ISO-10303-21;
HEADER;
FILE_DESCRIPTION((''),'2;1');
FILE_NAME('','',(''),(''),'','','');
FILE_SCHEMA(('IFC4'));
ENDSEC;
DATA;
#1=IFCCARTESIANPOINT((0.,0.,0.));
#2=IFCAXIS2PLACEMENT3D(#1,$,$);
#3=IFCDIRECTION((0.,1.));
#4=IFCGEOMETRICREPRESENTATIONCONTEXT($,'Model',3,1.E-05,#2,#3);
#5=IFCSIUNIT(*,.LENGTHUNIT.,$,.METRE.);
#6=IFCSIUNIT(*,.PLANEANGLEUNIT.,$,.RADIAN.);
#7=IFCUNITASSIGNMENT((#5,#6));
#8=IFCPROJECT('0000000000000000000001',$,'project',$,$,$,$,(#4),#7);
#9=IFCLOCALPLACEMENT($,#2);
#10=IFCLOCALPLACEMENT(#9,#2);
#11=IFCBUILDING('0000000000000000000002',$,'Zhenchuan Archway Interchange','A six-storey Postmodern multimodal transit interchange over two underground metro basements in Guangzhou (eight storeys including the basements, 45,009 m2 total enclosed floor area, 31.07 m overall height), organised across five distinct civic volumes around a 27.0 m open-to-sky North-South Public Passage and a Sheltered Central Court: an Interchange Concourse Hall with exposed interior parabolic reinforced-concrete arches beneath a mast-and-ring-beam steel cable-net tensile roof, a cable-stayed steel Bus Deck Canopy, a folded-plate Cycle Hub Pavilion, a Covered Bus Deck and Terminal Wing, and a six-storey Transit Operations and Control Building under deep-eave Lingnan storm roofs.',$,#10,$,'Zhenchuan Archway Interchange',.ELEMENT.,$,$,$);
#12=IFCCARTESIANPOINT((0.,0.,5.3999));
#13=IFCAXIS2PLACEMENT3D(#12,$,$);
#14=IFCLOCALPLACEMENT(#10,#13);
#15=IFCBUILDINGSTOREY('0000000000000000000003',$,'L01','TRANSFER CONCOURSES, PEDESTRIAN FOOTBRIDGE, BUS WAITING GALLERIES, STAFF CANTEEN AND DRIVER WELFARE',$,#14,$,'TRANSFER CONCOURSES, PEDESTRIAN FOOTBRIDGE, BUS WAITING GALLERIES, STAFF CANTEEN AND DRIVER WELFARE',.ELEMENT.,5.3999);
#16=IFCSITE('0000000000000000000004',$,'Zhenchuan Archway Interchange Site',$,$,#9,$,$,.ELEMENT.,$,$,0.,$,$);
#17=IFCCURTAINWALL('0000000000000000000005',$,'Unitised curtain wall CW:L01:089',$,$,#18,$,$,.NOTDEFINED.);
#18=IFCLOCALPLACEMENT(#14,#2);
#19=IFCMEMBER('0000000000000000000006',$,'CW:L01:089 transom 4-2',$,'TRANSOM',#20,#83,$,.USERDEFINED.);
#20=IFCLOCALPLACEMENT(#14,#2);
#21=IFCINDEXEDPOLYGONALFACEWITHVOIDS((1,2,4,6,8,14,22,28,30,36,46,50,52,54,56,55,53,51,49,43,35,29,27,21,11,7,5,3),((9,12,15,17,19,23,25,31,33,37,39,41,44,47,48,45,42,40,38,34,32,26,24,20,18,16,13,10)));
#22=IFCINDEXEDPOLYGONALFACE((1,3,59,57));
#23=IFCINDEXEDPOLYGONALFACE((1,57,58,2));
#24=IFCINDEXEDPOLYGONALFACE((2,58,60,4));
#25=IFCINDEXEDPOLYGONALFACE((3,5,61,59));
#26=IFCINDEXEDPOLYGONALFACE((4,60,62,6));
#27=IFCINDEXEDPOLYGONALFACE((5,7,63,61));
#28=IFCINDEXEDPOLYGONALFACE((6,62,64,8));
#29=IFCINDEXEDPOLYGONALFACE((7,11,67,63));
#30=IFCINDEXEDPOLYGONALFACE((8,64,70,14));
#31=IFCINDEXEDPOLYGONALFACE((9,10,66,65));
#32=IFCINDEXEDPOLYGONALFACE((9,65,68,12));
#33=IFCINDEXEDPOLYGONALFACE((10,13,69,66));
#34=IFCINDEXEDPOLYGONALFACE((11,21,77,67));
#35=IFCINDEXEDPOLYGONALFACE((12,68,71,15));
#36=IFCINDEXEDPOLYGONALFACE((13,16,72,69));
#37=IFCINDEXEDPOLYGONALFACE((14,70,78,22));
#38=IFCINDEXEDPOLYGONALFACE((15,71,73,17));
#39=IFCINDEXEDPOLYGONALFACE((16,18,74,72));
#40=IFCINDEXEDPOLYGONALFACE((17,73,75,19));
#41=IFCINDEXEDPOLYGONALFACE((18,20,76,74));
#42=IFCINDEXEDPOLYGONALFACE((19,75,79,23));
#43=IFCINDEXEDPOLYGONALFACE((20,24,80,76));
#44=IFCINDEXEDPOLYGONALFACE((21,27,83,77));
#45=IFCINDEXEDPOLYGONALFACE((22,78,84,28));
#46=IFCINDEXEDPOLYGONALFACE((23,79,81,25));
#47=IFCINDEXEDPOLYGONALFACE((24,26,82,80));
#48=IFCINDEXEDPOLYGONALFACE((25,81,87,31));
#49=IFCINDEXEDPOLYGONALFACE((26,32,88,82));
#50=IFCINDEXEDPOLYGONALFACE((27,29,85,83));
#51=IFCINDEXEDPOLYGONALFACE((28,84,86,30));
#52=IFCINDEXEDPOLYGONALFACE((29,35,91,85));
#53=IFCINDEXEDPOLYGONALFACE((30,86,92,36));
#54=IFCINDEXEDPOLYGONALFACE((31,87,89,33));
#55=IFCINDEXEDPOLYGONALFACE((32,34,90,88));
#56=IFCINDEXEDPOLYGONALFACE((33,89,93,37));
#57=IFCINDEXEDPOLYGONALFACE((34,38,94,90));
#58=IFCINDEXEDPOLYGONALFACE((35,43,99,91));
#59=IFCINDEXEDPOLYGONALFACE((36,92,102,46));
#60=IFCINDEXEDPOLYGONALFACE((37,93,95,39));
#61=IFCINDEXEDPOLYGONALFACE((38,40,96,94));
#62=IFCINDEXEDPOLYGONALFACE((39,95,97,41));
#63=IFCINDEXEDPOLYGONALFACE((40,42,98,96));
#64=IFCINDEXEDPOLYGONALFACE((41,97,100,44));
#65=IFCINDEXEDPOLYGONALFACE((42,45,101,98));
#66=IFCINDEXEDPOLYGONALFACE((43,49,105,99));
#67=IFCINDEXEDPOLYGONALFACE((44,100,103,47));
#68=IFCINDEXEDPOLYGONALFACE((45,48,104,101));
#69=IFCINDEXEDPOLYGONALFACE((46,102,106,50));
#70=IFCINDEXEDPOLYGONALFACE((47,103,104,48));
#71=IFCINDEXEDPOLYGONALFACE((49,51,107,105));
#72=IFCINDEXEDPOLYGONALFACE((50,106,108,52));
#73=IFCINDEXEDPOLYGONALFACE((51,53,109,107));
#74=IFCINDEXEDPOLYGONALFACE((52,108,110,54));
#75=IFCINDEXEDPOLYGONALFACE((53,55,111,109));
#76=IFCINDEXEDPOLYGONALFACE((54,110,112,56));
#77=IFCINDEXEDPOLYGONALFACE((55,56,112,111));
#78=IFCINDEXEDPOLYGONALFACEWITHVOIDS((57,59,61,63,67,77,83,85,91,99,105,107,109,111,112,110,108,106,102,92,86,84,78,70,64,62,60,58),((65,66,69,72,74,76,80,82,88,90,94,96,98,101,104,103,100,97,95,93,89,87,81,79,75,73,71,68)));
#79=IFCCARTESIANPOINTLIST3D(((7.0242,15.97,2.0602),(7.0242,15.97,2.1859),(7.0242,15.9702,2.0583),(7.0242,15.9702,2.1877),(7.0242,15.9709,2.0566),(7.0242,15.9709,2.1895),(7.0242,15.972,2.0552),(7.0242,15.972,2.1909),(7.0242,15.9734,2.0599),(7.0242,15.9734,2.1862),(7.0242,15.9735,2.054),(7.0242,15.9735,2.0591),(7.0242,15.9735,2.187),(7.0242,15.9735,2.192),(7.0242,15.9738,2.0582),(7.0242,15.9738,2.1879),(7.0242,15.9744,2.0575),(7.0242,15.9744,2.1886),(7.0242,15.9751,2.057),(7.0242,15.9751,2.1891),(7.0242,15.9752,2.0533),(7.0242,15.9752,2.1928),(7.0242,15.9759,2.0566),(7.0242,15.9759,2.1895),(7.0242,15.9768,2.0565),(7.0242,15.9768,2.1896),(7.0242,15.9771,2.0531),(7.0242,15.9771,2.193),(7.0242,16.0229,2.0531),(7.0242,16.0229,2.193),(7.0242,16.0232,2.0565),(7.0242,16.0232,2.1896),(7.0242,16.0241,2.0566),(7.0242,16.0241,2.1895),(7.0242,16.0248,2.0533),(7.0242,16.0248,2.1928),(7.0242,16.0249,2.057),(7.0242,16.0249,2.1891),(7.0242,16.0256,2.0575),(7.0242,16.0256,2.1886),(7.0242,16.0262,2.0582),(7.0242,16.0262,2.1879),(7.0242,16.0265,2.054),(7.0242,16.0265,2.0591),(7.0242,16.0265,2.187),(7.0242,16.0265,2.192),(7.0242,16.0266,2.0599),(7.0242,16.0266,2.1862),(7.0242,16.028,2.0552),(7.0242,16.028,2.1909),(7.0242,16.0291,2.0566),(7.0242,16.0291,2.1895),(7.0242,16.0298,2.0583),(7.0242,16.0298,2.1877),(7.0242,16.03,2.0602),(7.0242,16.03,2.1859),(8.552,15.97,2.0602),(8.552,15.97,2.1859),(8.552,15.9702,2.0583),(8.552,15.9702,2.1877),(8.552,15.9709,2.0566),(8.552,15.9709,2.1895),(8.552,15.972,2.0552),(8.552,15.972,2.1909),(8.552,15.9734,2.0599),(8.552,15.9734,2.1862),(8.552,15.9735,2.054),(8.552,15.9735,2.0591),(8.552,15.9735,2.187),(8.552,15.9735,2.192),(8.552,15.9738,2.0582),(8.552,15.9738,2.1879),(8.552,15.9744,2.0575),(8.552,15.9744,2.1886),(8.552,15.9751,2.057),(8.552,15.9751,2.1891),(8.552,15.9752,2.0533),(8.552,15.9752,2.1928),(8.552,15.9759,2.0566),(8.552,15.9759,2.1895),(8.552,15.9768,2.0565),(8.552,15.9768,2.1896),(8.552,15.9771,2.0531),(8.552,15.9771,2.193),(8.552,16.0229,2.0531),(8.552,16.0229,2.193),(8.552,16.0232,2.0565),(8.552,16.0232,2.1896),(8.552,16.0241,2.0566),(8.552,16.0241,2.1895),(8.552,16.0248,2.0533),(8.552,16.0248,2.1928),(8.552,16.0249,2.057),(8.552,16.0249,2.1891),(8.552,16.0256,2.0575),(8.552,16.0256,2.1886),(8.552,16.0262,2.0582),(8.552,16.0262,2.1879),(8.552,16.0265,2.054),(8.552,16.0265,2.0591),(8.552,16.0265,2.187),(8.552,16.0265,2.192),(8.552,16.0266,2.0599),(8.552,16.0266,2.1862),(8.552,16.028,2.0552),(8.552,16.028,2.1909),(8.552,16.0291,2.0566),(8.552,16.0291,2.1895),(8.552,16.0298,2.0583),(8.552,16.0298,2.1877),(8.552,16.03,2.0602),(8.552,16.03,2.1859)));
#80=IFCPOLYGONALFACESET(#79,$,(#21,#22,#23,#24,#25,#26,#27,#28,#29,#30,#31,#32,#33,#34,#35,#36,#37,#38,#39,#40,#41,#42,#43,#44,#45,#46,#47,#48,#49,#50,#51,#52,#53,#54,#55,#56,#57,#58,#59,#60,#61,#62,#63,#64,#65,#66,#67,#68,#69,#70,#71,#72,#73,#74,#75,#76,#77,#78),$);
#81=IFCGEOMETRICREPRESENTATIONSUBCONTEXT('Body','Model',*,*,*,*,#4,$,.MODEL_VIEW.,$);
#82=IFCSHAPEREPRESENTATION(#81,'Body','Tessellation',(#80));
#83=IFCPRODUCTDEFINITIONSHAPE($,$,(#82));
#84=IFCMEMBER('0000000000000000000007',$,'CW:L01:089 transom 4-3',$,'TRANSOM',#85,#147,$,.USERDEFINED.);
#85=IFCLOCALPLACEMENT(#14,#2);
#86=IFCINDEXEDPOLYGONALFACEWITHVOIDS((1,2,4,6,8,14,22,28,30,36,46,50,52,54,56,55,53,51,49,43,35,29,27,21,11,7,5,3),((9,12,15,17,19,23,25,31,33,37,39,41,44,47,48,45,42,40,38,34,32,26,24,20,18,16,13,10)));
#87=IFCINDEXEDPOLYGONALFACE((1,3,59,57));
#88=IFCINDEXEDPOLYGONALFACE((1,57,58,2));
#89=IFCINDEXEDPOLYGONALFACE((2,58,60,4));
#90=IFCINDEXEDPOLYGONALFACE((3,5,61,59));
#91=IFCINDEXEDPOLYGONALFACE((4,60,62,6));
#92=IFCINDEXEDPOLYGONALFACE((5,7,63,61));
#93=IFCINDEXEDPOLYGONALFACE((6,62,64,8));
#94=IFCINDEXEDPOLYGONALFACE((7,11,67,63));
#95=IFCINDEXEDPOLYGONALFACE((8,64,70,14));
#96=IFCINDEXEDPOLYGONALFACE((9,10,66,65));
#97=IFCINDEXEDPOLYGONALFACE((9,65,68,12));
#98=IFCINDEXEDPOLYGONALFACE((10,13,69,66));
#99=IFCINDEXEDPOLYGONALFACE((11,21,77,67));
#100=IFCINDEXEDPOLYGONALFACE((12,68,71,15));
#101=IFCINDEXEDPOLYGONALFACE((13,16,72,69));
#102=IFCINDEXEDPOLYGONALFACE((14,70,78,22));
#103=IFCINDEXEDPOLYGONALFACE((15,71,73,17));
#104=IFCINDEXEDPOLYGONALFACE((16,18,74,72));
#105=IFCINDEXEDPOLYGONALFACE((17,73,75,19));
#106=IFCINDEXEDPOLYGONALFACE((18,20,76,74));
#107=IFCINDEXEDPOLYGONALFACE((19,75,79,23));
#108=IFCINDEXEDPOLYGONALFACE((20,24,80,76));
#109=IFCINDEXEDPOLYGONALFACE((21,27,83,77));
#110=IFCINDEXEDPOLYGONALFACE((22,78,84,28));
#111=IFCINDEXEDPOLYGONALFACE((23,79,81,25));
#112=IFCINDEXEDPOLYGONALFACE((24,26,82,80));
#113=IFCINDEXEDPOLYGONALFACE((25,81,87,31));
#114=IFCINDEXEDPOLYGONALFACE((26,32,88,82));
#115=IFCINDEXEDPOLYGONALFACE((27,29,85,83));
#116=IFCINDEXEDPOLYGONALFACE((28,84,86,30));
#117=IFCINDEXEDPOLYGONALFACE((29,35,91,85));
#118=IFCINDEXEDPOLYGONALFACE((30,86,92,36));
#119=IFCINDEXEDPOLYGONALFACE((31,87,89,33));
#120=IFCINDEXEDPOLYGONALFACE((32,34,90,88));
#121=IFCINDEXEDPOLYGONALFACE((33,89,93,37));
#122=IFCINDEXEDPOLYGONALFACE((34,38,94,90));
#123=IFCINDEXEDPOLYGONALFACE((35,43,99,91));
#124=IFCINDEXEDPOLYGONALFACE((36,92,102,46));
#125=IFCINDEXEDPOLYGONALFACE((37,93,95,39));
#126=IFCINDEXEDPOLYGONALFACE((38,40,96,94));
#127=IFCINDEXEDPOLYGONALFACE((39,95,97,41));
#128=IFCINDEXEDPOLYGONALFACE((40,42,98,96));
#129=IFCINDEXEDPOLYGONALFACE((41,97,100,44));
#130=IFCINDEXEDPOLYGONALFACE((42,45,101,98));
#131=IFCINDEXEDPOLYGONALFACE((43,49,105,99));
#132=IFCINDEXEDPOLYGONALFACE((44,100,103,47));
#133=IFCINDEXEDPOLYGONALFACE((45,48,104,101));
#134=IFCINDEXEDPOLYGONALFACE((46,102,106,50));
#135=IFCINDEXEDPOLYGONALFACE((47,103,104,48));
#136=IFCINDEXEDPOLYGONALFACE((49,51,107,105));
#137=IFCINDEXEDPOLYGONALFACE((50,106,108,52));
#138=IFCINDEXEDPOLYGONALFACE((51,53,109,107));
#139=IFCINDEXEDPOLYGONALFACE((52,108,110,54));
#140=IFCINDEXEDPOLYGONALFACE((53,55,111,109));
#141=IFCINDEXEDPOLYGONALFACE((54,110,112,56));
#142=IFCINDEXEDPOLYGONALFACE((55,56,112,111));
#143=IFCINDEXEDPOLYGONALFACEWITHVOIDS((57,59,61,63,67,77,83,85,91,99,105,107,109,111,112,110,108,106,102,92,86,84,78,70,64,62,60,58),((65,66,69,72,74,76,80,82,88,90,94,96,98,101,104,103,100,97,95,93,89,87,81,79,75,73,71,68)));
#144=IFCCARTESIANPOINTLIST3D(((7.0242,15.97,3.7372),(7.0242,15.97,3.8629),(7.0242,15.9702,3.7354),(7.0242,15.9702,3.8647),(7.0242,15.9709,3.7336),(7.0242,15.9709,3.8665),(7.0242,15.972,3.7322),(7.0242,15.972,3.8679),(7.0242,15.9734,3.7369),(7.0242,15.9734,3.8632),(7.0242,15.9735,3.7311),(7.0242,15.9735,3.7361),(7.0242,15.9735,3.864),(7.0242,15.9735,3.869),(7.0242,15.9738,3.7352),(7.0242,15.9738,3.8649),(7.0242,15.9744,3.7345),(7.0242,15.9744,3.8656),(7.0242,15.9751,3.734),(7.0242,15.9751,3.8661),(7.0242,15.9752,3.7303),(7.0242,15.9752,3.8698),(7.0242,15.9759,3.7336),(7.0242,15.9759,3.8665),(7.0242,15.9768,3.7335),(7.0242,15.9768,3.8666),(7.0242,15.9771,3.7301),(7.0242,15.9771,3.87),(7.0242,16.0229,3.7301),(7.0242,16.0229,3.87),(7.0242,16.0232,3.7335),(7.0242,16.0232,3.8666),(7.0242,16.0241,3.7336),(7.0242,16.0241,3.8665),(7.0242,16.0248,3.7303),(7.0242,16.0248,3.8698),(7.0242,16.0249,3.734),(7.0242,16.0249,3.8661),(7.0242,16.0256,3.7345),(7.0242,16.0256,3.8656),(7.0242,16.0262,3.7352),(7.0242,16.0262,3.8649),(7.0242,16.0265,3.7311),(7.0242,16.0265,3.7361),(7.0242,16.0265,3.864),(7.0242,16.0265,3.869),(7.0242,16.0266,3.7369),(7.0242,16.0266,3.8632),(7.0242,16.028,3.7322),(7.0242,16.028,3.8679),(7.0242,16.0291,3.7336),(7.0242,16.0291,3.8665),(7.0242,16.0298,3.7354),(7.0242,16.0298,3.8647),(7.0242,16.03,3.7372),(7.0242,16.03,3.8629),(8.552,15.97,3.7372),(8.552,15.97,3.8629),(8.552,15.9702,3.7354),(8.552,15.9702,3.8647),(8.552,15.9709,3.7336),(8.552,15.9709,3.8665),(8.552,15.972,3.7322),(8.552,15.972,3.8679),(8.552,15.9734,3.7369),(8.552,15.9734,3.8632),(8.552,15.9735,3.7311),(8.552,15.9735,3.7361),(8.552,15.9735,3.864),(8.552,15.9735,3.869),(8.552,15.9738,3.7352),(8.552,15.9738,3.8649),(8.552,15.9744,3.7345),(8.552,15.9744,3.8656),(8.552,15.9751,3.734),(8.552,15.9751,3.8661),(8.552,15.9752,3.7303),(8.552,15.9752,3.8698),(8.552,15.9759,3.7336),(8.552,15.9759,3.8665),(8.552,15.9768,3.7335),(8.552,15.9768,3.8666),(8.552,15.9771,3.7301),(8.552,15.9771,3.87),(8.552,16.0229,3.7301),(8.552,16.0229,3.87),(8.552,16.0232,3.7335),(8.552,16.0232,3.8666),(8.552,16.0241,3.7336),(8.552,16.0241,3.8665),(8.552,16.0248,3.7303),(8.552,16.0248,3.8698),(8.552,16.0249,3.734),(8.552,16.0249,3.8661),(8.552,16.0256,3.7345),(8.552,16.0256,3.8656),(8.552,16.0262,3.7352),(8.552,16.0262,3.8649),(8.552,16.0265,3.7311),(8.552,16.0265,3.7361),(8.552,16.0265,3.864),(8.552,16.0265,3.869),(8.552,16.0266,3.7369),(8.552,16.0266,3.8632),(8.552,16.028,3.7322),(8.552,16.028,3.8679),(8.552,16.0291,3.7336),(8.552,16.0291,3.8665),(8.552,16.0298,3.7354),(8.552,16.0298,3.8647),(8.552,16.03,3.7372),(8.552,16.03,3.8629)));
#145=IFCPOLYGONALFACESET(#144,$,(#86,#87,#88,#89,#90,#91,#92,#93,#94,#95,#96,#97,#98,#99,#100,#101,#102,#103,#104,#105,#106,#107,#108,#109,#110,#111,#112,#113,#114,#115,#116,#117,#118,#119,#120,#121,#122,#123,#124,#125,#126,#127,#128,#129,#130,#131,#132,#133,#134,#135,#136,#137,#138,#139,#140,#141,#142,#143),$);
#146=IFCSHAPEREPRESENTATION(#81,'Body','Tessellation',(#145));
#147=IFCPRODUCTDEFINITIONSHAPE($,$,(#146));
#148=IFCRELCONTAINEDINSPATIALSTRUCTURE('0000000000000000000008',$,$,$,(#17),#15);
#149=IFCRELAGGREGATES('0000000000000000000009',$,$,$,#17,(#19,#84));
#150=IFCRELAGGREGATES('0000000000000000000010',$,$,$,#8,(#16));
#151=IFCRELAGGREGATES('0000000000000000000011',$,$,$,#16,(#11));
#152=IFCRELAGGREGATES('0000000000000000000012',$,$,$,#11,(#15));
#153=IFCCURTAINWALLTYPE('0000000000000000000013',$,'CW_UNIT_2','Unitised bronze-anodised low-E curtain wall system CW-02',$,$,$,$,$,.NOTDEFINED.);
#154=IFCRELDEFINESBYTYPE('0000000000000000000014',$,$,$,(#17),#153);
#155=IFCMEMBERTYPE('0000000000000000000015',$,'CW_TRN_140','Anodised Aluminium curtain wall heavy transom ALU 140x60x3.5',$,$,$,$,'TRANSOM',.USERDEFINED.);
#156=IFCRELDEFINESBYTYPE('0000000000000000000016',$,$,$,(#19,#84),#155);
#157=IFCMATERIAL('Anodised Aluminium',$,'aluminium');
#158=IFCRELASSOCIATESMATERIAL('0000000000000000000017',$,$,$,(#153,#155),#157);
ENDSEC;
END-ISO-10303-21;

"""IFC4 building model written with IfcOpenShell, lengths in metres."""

from ifc_helpers import new_model, si_unit, direction, frame, origin, origin_2d, place, context, subcontext, project, spatial, hollow_rectangle, extrude, material, material_profile, profile_set, type_object, element, aggregate, save


model = new_model("IFC4")

# Units and contexts
model_context = context("Model", 3, precision=1e-05, world=origin(), true_north=direction((0.0, 1.0)))
body_context = subcontext(model_context, "Body", "Model", "MODEL_VIEW")
ifc_project = project(units=[si_unit("LENGTHUNIT", "METRE"), si_unit("PLANEANGLEUNIT", "RADIAN")], contexts=[model_context])

# Site, building, storey
site_placement = place(None, origin())
site = spatial("IfcSite", under=ifc_project, at=site_placement, Name="Zhenchuan Archway Interchange Site", CompositionType="ELEMENT", RefElevation=0.0)
building_placement = place(site_placement, origin())
building = spatial("IfcBuilding", under=site, at=building_placement, Name="Zhenchuan Archway Interchange", Description="A six-storey Postmodern multimodal transit interchange over two underground metro basements in Guangzhou (eight storeys including the basements, 45,009 m2 total enclosed floor area, 31.07 m overall height), organised across five distinct civic volumes around a 27.0 m open-to-sky North-South Public Passage and a Sheltered Central Court: an Interchange Concourse Hall with exposed interior parabolic reinforced-concrete arches beneath a mast-and-ring-beam steel cable-net tensile roof, a cable-stayed steel Bus Deck Canopy, a folded-plate Cycle Hub Pavilion, a Covered Bus Deck and Terminal Wing, and a six-storey Transit Operations and Control Building under deep-eave Lingnan storm roofs.", LongName="Zhenchuan Archway Interchange", CompositionType="ELEMENT")
storey_placement = place(building_placement, frame((0.0, 0.0, 5.3999)))
storey = spatial("IfcBuildingStorey", under=building, at=storey_placement, Name="L01", Description="TRANSFER CONCOURSES, PEDESTRIAN FOOTBRIDGE, BUS WAITING GALLERIES, STAFF CANTEEN AND DRIVER WELFARE", LongName="TRANSFER CONCOURSES, PEDESTRIAN FOOTBRIDGE, BUS WAITING GALLERIES, STAFF CANTEEN AND DRIVER WELFARE", CompositionType="ELEMENT", Elevation=5.3999)

# Curtain wall, members
ifc_material_1 = material(Name="Anodised Aluminium", Category="aluminium")
curtain_wall_type = type_object("IfcCurtainWallType", Name="CW_UNIT_2", Description="Unitised bronze-anodised low-E curtain wall system CW-02", PredefinedType="NOTDEFINED", material=ifc_material_1)
curtain_wall_placement = place(storey_placement, origin())
curtain_wall = element("IfcCurtainWall", 1, at=curtain_wall_placement, inside=storey, type_object=curtain_wall_type, Name="Unitised curtain wall CW:L01:089", PredefinedType="NOTDEFINED")
ifc_material_profile_1 = material_profile(ifc_material_1, hollow_rectangle(XDim=0.0601, YDim=0.1399, WallThickness=0.0034, InnerFilletRadius=0.0034, OuterFilletRadius=0.0071, at=origin_2d()), Name="ALU 140x60x3.5")
ifc_profile_set_1 = profile_set([ifc_material_profile_1], Name="Anodised Aluminium")
member_type_1 = type_object("IfcMemberType", Name="CW_TRN_140", Description="Anodised Aluminium curtain wall heavy transom ALU 140x60x3.5", ElementType="TRANSOM", PredefinedType="USERDEFINED", material=ifc_profile_set_1)
member_1_placement = place(storey_placement, frame((7.0242, 16.0, 2.123), z_axis=(1.0, 0.0, 0.0), x_axis=(0.0, 1.0, 0.0)))
member_1 = element("IfcMember", 2, at=member_1_placement, type_object=member_type_1, Name="CW:L01:089 transom 4-2", ObjectType="TRANSOM", PredefinedType="USERDEFINED", context=body_context, shape_type="SweptSolid", body=[
    extrude(hollow_rectangle(XDim=0.0601, YDim=0.1399, WallThickness=0.0034, InnerFilletRadius=0.0034, OuterFilletRadius=0.0071, at=origin_2d()), origin(), (0.0, 0.0, 1.0), 1.5278),
])
member_2_placement = place(storey_placement, frame((7.0242, 16.0, 3.8), z_axis=(1.0, 0.0, 0.0), x_axis=(0.0, 1.0, 0.0)))
member_2 = element("IfcMember", 3, at=member_2_placement, type_object=member_type_1, Name="CW:L01:089 transom 4-3", ObjectType="TRANSOM", PredefinedType="USERDEFINED", context=body_context, shape_type="SweptSolid", body=[
    extrude(hollow_rectangle(XDim=0.0601, YDim=0.1399, WallThickness=0.0034, InnerFilletRadius=0.0034, OuterFilletRadius=0.0071, at=origin_2d()), origin(), (0.0, 0.0, 1.0), 1.5278),
])

aggregate(curtain_wall, [member_1, member_2])

save(model, "model.ifc")
